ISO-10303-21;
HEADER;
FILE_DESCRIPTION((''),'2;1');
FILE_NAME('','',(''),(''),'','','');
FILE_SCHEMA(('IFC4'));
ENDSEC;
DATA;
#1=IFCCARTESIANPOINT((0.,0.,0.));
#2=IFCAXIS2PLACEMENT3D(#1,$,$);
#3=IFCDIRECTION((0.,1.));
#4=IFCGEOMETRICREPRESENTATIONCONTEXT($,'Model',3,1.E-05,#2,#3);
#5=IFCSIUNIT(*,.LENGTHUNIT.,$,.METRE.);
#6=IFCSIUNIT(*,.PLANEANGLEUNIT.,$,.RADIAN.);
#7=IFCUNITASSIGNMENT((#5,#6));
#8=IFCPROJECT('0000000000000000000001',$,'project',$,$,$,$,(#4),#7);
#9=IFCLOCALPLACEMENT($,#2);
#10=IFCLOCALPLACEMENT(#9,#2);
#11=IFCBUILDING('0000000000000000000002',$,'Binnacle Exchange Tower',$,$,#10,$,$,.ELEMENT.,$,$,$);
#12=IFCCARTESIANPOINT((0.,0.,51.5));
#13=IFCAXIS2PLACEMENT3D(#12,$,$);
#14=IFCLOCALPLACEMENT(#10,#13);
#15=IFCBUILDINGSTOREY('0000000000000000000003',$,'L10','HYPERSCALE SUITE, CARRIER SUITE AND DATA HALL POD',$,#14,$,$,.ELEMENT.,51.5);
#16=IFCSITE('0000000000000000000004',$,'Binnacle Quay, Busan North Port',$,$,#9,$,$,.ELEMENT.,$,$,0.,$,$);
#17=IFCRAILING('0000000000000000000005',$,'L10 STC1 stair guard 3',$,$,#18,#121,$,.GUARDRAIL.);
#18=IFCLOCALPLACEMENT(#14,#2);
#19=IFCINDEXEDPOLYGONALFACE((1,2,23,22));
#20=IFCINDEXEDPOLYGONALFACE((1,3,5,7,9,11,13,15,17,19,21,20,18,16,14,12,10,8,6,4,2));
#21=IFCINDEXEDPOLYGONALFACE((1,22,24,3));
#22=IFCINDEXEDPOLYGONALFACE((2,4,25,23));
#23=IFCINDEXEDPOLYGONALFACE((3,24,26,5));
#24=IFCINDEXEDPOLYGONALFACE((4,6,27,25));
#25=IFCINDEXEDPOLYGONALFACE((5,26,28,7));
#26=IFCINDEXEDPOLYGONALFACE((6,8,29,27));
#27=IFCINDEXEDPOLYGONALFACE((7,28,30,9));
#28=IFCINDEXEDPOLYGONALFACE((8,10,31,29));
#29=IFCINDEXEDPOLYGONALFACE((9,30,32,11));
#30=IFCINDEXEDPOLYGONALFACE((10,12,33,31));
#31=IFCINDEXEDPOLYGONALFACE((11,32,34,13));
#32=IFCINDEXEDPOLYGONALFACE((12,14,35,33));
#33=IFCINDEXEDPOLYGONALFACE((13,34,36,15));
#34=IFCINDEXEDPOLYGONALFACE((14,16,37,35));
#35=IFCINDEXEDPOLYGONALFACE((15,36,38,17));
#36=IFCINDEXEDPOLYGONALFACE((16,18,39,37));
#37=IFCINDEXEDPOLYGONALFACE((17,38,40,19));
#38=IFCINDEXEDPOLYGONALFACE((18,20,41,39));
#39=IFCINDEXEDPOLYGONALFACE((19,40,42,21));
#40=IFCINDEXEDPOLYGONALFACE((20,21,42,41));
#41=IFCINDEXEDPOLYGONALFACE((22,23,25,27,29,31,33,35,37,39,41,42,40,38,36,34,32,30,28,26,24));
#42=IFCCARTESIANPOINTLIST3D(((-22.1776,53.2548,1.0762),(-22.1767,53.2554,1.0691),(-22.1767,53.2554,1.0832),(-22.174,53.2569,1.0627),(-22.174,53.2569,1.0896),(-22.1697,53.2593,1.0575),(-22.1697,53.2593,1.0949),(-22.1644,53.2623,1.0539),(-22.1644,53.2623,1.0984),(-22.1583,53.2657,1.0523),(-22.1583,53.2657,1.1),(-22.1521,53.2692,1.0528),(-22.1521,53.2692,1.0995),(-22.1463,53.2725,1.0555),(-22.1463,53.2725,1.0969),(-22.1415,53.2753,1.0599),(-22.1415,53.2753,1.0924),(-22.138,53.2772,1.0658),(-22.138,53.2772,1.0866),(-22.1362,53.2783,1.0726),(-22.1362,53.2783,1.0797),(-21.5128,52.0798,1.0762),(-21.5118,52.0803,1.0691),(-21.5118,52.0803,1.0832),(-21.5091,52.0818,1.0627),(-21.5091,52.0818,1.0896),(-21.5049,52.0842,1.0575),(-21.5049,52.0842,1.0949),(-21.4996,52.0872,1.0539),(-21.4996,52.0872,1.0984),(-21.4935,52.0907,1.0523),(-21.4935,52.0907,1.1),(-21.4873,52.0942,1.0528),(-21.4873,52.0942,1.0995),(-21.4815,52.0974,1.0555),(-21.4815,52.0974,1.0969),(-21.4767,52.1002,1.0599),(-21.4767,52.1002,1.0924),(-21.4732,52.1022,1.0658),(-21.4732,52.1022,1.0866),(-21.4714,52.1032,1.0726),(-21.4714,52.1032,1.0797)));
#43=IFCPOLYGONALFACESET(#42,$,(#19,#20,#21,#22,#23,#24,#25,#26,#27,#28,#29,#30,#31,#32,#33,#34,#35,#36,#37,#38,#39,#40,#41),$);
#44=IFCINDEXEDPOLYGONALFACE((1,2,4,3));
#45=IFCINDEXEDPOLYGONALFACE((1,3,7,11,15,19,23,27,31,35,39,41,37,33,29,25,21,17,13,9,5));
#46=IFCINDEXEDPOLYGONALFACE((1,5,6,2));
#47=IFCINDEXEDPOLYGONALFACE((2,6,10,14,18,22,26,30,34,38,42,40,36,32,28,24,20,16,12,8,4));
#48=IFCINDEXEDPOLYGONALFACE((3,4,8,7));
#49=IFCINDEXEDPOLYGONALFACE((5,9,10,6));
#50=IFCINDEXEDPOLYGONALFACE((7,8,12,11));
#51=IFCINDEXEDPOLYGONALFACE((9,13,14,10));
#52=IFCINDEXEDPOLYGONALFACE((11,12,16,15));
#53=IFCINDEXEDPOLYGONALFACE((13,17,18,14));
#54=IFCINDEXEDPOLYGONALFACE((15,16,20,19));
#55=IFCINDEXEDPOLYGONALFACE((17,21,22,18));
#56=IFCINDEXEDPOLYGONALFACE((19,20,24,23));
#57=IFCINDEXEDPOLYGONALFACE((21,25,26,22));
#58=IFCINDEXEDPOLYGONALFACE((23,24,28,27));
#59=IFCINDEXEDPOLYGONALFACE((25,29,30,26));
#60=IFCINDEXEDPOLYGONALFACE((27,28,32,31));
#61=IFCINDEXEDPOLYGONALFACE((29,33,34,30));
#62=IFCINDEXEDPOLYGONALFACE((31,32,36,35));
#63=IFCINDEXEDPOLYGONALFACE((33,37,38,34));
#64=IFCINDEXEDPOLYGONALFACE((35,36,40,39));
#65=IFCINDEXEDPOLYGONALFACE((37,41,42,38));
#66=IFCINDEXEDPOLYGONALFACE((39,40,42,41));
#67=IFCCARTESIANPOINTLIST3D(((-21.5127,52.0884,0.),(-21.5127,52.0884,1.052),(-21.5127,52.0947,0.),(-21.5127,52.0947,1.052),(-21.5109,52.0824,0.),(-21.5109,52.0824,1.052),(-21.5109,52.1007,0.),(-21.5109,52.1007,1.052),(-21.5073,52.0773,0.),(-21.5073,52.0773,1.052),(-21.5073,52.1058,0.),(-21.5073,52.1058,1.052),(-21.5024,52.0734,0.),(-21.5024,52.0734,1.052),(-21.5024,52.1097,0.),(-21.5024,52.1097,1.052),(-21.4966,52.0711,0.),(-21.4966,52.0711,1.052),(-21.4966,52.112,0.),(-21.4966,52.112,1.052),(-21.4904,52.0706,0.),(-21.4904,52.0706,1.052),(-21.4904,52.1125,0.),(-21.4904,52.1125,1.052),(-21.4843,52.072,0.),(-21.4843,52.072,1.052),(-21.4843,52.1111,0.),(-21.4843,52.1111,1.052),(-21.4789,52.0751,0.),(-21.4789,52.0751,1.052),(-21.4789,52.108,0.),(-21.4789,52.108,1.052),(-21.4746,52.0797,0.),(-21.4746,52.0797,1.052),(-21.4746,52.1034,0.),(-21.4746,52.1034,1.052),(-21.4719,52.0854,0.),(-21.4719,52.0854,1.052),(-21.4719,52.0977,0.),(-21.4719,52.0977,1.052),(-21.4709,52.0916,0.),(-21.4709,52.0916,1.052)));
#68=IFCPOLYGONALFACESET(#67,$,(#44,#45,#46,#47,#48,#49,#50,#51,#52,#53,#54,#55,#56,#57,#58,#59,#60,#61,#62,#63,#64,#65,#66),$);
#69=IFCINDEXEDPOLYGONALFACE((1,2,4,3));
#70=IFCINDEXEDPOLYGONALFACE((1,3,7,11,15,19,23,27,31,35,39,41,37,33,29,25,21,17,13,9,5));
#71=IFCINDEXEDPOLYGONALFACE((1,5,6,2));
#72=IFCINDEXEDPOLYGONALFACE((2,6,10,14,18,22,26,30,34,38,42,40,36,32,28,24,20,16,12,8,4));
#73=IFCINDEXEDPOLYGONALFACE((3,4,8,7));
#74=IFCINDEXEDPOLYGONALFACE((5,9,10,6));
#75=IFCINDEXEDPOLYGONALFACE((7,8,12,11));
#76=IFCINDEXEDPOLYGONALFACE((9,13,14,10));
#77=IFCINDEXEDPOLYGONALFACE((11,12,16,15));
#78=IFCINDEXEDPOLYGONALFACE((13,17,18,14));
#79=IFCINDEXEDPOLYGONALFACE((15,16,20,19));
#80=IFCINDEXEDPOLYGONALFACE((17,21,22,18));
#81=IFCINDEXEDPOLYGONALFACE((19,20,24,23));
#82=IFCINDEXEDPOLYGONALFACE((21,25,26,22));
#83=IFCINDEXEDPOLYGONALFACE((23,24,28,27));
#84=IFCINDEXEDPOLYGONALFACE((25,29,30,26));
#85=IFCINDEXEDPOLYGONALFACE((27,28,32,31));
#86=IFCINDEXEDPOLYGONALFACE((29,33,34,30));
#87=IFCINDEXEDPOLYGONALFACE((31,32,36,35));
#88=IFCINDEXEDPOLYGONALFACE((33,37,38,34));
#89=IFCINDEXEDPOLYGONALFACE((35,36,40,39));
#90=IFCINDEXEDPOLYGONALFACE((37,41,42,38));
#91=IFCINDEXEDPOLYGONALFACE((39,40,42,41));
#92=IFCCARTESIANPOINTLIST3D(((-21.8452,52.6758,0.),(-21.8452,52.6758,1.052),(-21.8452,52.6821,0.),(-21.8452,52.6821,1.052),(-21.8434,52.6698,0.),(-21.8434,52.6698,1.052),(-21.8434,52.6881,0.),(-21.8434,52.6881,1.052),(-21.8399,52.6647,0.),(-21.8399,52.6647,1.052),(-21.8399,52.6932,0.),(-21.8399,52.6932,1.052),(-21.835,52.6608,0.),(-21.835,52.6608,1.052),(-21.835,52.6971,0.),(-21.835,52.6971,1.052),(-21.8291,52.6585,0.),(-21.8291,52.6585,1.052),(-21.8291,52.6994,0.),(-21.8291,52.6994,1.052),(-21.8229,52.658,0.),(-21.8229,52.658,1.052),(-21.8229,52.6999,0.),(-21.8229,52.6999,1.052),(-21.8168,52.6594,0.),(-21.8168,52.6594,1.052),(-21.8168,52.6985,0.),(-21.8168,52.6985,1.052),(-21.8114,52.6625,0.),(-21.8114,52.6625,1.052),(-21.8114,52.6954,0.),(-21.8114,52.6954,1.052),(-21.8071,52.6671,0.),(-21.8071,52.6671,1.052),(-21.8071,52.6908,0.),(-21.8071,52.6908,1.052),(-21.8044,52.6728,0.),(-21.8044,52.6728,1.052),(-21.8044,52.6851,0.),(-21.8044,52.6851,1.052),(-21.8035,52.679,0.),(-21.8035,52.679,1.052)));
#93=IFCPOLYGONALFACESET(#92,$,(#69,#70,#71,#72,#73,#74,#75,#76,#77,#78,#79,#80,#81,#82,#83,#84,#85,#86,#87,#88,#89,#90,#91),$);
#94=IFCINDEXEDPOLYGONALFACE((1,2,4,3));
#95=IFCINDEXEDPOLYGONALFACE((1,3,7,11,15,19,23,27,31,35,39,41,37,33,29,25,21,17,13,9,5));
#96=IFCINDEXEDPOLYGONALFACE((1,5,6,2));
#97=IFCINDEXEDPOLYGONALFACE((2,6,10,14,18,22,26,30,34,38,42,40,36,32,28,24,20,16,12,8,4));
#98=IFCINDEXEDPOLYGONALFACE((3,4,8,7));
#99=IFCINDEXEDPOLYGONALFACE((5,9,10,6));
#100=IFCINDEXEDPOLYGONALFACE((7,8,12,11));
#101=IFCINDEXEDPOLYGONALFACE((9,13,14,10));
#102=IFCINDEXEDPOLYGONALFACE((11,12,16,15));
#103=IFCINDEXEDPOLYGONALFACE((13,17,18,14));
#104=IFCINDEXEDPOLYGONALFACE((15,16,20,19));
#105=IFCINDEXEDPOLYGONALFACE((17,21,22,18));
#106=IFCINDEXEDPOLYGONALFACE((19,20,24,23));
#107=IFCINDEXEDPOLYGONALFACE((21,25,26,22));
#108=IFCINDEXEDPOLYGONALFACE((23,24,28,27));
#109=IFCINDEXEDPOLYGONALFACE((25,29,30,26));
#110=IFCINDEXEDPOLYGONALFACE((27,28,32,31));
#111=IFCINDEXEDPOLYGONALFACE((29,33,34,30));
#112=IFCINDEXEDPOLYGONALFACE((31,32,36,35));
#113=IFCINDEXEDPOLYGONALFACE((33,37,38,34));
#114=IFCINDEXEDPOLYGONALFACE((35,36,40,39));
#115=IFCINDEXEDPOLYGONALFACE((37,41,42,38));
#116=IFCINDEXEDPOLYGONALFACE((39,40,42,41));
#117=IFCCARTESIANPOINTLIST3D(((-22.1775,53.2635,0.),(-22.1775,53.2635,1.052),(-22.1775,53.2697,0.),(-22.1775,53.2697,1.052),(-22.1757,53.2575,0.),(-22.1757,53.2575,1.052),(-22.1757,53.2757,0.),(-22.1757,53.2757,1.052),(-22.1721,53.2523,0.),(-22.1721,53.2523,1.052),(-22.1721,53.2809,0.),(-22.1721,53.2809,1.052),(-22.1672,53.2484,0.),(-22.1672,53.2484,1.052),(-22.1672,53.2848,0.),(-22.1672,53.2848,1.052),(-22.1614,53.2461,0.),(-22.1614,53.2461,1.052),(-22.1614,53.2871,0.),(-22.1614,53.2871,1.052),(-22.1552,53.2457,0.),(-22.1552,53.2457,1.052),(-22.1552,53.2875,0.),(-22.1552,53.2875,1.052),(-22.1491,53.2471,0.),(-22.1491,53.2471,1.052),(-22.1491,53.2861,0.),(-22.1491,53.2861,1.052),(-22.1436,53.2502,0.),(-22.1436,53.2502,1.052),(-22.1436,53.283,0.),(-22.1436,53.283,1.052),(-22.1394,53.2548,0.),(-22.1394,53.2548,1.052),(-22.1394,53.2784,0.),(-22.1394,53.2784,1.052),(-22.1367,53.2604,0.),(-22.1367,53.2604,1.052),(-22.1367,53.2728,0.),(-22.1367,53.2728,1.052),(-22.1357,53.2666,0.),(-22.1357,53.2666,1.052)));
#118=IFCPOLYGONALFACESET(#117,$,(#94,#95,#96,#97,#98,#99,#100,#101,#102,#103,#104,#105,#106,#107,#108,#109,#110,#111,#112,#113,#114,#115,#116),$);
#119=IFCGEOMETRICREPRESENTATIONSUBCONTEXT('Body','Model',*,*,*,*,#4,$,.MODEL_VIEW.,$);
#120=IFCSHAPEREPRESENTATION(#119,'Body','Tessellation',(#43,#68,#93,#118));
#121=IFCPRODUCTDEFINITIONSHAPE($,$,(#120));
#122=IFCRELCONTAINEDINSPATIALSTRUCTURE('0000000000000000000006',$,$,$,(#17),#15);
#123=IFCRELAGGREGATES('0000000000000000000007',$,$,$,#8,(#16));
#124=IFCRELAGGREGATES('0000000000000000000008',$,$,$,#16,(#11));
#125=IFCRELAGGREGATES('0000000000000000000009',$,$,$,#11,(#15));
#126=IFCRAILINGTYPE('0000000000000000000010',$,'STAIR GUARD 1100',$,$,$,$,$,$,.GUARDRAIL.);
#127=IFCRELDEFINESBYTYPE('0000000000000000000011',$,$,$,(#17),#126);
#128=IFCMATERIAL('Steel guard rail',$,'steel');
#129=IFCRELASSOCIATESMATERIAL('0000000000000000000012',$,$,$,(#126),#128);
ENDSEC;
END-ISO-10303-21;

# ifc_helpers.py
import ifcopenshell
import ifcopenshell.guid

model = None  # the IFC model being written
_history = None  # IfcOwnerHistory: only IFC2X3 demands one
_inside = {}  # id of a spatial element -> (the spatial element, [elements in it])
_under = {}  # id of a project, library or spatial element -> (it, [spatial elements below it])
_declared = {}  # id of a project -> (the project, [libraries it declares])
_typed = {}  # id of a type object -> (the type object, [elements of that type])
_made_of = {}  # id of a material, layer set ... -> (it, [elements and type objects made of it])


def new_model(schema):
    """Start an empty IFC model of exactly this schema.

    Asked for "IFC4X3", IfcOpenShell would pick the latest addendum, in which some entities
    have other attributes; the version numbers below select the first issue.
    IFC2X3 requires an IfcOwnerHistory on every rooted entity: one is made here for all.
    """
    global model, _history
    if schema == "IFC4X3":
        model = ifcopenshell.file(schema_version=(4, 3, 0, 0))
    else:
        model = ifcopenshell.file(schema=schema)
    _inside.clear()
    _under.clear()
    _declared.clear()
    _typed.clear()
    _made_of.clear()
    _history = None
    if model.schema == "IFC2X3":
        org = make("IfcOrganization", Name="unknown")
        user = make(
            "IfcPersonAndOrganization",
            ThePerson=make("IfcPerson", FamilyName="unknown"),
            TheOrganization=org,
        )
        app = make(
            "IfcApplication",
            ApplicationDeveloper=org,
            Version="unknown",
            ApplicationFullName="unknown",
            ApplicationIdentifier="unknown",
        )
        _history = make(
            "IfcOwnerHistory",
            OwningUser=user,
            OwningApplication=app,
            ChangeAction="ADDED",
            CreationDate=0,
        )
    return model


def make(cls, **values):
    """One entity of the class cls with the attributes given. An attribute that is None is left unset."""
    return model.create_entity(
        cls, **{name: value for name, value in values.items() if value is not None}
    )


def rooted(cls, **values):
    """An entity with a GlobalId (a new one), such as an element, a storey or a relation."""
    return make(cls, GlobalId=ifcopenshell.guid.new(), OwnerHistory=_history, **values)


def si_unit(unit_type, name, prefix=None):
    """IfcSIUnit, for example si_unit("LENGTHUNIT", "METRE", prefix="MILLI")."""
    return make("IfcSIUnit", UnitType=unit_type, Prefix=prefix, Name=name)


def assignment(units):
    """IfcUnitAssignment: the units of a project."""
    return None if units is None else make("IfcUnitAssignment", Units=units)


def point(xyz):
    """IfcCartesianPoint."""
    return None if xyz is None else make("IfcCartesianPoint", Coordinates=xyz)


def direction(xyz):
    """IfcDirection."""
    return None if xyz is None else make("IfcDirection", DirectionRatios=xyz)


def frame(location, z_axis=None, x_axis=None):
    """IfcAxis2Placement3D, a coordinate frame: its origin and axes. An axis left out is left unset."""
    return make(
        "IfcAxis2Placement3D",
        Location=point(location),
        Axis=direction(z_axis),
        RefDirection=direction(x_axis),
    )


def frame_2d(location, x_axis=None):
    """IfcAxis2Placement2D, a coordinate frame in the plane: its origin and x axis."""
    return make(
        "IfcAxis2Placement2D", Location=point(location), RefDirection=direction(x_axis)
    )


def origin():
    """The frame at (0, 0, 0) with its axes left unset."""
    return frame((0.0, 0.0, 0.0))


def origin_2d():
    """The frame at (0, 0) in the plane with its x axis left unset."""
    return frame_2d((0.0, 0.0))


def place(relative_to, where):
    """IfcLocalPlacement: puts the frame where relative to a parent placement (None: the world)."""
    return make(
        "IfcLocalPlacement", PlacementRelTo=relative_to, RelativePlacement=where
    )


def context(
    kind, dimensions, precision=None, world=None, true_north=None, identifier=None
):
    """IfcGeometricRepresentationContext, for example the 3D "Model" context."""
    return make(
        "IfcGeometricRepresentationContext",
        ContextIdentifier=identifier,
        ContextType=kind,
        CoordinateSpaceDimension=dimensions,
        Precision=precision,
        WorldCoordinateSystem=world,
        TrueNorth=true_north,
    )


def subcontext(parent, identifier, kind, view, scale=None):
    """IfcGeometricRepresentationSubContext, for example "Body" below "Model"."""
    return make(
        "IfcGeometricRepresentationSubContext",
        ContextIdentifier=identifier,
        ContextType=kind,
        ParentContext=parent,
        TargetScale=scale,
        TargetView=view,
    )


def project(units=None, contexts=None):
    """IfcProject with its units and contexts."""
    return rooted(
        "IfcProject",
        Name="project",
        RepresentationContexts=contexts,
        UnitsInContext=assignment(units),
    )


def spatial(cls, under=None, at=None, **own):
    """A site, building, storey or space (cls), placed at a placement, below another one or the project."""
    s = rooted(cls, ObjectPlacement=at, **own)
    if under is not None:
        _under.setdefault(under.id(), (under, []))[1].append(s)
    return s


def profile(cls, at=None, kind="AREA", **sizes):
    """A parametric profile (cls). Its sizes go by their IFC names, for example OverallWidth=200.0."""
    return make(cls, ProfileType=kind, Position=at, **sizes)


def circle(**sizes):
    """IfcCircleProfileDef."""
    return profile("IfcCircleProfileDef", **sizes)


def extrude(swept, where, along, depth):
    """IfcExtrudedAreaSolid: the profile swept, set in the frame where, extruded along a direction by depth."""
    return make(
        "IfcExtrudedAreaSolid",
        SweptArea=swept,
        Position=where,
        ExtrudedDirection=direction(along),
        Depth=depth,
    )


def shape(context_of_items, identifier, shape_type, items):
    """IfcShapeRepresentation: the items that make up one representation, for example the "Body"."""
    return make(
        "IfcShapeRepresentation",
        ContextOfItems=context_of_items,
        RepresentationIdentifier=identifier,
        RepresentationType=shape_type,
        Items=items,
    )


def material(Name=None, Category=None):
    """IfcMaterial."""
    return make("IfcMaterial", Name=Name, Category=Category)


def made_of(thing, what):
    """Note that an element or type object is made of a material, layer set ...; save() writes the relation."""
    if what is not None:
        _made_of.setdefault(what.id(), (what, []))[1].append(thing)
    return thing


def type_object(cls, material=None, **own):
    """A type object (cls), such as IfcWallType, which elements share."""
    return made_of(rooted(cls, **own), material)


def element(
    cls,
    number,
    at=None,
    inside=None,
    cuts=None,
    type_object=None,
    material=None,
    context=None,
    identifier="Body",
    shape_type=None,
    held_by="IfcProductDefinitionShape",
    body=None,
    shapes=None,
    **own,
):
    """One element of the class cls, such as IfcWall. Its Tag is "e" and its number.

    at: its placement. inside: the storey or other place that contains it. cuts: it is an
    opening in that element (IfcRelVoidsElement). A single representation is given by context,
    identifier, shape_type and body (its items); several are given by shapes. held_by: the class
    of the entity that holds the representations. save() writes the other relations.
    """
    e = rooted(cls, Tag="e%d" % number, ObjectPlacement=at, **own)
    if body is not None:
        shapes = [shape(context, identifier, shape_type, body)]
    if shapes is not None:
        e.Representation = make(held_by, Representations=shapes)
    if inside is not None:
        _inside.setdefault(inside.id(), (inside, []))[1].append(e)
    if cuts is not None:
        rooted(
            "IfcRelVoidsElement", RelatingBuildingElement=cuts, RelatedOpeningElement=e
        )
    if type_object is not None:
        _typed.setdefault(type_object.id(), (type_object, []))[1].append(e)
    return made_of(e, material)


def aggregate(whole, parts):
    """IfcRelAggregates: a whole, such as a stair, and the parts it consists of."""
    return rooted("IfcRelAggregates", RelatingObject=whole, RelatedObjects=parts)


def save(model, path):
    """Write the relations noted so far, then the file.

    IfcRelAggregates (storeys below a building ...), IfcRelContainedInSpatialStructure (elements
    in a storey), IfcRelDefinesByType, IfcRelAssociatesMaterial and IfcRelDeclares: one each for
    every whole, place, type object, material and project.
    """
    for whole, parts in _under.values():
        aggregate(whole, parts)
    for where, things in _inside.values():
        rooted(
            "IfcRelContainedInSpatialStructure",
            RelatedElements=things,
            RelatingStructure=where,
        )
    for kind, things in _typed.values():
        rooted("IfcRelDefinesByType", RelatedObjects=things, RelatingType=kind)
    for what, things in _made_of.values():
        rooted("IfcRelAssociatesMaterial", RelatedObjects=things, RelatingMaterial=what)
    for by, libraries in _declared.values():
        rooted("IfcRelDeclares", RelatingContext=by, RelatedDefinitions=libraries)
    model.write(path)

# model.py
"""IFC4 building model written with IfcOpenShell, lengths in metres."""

from ifc_helpers import new_model, si_unit, direction, frame, origin, origin_2d, place, context, subcontext, project, spatial, circle, extrude, material, type_object, element, save


model = new_model("IFC4")

# Units and contexts
model_context = context("Model", 3, precision=1e-05, world=origin(), true_north=direction((0.0, 1.0)))
body_context = subcontext(model_context, "Body", "Model", "MODEL_VIEW")
ifc_project = project(units=[si_unit("LENGTHUNIT", "METRE"), si_unit("PLANEANGLEUNIT", "RADIAN")], contexts=[model_context])

# Site, building, storey
site_placement = place(None, origin())
site = spatial("IfcSite", under=ifc_project, at=site_placement, Name="Binnacle Quay, Busan North Port", CompositionType="ELEMENT", RefElevation=0.0)
building_placement = place(site_placement, origin())
building = spatial("IfcBuilding", under=site, at=building_placement, Name="Binnacle Exchange Tower", CompositionType="ELEMENT")
storey_placement = place(building_placement, frame((0.0, 0.0, 51.5)))
storey = spatial("IfcBuildingStorey", under=building, at=storey_placement, Name="L10", Description="HYPERSCALE SUITE, CARRIER SUITE AND DATA HALL POD", CompositionType="ELEMENT", Elevation=51.5)

# Railing
ifc_material_1 = material(Name="Steel guard rail", Category="steel")
railing_type_1 = type_object("IfcRailingType", Name="STAIR GUARD 1100", PredefinedType="GUARDRAIL", material=ifc_material_1)
railing_1_placement = place(storey_placement, frame((-21.4919, 52.0916, 0.0)))
element("IfcRailing", 1, at=railing_1_placement, inside=storey, type_object=railing_type_1, Name="L10 STC1 stair guard 3", PredefinedType="GUARDRAIL", context=body_context, shape_type="SweptSolid", body=[
    extrude(circle(Radius=0.0239, at=origin_2d()), frame((0.0, 0.0, 1.0762), z_axis=(-0.492415, 0.870361, 0.0), x_axis=(-0.870361, -0.492415, 0.0)), (0.0, 0.0, 1.0), 1.3501),
    extrude(circle(Radius=0.021, at=origin_2d()), origin(), (0.0, 0.0, 1.0), 1.052),
    extrude(circle(Radius=0.021, at=origin_2d()), frame((-0.3325, 0.5874, 0.0)), (0.0, 0.0, 1.0), 1.052),
    extrude(circle(Radius=0.021, at=origin_2d()), frame((-0.6648, 1.175, 0.0)), (0.0, 0.0, 1.0), 1.052),
])

save(model, "model.ifc")
